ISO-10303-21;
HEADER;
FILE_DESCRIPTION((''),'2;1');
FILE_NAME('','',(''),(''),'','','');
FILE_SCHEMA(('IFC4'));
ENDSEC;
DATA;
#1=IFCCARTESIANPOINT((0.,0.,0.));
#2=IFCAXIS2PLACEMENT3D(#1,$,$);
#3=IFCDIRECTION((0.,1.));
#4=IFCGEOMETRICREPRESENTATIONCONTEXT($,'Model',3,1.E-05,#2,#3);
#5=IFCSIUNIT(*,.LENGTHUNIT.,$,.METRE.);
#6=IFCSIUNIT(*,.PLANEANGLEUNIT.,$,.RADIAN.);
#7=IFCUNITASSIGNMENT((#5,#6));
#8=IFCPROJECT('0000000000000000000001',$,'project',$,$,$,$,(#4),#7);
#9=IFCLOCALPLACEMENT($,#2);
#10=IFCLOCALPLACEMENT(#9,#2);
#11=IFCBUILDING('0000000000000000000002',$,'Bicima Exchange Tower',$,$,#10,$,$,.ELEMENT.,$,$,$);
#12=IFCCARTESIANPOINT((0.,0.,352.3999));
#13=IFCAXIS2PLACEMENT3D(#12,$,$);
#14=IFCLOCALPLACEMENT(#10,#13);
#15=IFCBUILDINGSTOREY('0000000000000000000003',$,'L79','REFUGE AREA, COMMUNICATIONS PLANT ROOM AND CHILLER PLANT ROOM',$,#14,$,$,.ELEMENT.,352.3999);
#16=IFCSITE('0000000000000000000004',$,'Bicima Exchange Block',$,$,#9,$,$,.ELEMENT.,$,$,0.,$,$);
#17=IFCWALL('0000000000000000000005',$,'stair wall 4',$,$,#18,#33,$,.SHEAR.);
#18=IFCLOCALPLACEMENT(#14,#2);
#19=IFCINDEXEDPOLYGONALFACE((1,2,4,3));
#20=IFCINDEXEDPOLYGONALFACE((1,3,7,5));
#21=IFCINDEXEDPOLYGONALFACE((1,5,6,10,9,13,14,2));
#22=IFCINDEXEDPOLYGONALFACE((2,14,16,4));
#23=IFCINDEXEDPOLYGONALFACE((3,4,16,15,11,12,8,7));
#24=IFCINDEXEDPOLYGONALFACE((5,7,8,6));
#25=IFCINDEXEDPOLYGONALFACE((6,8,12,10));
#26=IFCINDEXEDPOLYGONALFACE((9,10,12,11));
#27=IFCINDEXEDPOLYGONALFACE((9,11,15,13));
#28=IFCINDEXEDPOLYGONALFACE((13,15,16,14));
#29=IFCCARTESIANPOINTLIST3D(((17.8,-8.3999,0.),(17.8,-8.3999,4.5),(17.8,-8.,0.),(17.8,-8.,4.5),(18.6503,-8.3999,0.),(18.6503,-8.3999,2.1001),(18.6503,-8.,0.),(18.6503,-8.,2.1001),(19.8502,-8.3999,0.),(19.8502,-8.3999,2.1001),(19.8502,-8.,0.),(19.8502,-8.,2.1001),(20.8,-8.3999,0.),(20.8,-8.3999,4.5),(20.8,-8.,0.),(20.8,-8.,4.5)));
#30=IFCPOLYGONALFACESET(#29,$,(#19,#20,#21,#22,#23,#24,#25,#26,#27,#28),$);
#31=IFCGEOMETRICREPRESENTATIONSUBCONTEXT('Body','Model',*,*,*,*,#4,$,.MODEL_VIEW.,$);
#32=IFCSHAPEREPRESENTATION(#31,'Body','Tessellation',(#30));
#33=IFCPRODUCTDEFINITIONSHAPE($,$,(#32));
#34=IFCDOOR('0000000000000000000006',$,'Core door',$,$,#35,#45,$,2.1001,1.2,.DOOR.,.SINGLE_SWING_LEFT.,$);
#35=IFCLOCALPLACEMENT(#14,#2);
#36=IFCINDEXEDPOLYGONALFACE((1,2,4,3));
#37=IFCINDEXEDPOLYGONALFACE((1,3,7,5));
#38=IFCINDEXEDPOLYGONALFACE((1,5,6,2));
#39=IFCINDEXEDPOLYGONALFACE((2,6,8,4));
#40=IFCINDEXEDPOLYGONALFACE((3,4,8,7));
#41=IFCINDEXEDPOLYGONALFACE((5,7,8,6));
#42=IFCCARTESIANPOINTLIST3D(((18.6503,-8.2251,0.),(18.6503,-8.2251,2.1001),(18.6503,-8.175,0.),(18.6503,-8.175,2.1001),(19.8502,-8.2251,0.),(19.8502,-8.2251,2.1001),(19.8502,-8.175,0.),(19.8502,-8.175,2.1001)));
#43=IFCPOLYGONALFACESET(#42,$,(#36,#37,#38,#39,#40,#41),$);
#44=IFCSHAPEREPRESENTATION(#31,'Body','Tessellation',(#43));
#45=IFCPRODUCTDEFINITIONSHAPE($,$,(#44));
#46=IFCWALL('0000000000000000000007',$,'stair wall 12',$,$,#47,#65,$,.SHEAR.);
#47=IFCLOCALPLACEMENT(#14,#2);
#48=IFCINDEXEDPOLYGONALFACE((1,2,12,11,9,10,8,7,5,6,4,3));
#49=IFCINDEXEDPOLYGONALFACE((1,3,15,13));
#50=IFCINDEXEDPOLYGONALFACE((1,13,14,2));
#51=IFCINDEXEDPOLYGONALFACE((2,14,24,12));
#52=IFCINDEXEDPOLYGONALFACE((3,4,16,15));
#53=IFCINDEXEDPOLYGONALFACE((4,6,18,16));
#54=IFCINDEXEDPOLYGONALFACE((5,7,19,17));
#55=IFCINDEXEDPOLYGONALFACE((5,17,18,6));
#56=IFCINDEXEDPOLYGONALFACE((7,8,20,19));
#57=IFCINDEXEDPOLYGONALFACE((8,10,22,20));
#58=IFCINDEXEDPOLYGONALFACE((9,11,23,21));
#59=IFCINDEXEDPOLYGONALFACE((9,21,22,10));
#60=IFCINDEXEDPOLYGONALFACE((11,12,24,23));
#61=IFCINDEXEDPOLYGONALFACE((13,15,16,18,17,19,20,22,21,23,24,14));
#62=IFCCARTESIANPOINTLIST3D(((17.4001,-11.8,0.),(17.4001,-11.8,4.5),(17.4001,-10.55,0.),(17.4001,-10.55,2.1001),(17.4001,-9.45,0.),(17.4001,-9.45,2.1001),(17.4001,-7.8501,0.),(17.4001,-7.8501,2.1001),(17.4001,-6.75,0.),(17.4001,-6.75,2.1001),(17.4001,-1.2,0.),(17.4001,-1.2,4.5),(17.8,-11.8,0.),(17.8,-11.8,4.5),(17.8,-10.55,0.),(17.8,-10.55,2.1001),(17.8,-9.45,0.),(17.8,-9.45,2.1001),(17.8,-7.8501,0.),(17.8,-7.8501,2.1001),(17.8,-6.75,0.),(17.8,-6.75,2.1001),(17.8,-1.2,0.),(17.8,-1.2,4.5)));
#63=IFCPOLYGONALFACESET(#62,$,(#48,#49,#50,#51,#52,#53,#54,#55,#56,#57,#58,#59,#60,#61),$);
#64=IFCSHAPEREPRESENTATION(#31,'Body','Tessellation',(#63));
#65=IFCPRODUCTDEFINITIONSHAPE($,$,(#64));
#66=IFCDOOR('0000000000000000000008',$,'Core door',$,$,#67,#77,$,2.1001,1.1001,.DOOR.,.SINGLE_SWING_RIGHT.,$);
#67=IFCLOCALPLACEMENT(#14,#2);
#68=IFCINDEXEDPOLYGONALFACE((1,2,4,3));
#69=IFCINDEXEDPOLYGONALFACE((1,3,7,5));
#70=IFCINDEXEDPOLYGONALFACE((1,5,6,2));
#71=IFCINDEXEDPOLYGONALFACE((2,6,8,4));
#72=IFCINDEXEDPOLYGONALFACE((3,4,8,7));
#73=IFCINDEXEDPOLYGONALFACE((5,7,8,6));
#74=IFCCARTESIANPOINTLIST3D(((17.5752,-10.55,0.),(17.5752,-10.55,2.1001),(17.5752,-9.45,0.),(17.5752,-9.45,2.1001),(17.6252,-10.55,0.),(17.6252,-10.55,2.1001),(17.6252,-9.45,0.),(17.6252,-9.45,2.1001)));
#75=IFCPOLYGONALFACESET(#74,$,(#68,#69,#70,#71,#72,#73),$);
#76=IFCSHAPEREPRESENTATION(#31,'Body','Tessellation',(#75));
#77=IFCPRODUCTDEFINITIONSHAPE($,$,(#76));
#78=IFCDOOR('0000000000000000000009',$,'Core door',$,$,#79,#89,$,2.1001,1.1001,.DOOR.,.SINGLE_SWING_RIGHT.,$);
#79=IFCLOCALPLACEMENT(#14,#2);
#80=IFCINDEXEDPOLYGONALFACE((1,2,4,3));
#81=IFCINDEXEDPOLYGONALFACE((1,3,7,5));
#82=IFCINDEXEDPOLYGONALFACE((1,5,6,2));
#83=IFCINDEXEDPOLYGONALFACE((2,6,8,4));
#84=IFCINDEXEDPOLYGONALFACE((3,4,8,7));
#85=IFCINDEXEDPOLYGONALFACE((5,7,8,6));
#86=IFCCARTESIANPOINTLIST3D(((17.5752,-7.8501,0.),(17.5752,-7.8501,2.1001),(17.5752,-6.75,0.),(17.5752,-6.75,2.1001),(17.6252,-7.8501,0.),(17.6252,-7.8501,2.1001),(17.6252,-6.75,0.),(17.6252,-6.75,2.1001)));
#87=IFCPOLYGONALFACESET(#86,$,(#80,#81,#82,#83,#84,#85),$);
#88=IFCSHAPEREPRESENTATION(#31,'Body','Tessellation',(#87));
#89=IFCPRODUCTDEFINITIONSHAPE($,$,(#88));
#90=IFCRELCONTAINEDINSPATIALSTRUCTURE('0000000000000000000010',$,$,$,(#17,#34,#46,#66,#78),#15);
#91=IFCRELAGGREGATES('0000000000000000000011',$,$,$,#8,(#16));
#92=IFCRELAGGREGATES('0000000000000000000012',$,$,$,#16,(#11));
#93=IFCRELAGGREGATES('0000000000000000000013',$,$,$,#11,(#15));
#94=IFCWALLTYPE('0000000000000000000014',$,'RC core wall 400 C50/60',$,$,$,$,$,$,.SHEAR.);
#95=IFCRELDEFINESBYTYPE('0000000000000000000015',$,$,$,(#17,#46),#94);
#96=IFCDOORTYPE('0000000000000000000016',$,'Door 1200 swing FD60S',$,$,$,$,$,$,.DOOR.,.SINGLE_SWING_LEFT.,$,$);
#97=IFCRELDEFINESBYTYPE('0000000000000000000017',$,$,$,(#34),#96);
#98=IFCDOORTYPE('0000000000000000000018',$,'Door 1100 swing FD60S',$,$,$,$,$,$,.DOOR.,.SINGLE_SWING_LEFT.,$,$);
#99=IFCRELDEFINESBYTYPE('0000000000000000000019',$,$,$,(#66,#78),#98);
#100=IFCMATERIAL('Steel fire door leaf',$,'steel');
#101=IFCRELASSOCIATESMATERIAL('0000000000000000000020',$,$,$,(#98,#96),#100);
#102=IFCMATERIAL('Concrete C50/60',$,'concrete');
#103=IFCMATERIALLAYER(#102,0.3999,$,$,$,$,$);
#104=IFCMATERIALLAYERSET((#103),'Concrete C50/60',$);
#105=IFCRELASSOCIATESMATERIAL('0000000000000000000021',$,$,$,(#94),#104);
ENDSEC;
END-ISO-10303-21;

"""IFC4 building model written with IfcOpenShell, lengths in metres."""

from ifc_helpers import new_model, si_unit, direction, frame, frame_2d, origin, place, context, subcontext, project, spatial, rectangle, extrude, material, layer, layer_set, type_object, element, fill, save


model = new_model("IFC4")

# Units and contexts
model_context = context("Model", 3, precision=1e-05, world=origin(), true_north=direction((0.0, 1.0)))
body_context = subcontext(model_context, "Body", "Model", "MODEL_VIEW")
ifc_project = project(units=[si_unit("LENGTHUNIT", "METRE"), si_unit("PLANEANGLEUNIT", "RADIAN")], contexts=[model_context])

# Site, building, storey
site_placement = place(None, origin())
site = spatial("IfcSite", under=ifc_project, at=site_placement, Name="Bicima Exchange Block", CompositionType="ELEMENT", RefElevation=0.0)
building_placement = place(site_placement, origin())
building = spatial("IfcBuilding", under=site, at=building_placement, Name="Bicima Exchange Tower", CompositionType="ELEMENT")
storey_placement = place(building_placement, frame((0.0, 0.0, 352.3999)))
storey = spatial("IfcBuildingStorey", under=building, at=storey_placement, Name="L79", Description="REFUGE AREA, COMMUNICATIONS PLANT ROOM AND CHILLER PLANT ROOM", CompositionType="ELEMENT", Elevation=352.3999)

# Shared definitions
ifc_material_1 = material(Name="Steel fire door leaf", Category="steel")

# Wall, opening, door
door_type_1 = type_object("IfcDoorType", Name="Door 1100 swing FD60S", OperationType="SINGLE_SWING_LEFT", PredefinedType="DOOR", material=ifc_material_1)
ifc_material_2 = material(Name="Concrete C50/60", Category="concrete")
ifc_layer_1 = layer(ifc_material_2, 0.3999)
ifc_layer_set_1 = layer_set([ifc_layer_1], Name="Concrete C50/60")
wall_type_1 = type_object("IfcWallType", Name="RC core wall 400 C50/60", PredefinedType="SHEAR", material=ifc_layer_set_1)
wall_1_placement = place(storey_placement, frame((17.8, -8.2, 0.0), z_axis=(0.0, 0.0, 1.0), x_axis=(1.0, 0.0, 0.0)))
wall_1 = element("IfcWall", 1, at=wall_1_placement, inside=storey, type_object=wall_type_1, Name="stair wall 4", PredefinedType="SHEAR", context=body_context, shape_type="SweptSolid", body=[
    extrude(rectangle(XDim=3.0, YDim=0.3999, at=frame_2d((1.5, 0.0))), origin(), (0.0, 0.0, 1.0), 4.5),
])
opening_1_placement = place(wall_1_placement, frame((0.8501, 0.0, 0.0)))
opening_1 = element("IfcOpeningElement", 2, at=opening_1_placement, cuts=wall_1, PredefinedType="OPENING", context=body_context, shape_type="SweptSolid", body=[
    extrude(rectangle(XDim=1.2, YDim=2.1001, at=frame_2d((0.6001, 1.05))), frame((0.0, 0.2119, 0.0), z_axis=(0.0, -1.0, 0.0), x_axis=(1.0, 0.0, 0.0)), (0.0, 0.0, 1.0), 0.4238),
])
door_type_2 = type_object("IfcDoorType", Name="Door 1200 swing FD60S", OperationType="SINGLE_SWING_LEFT", PredefinedType="DOOR", material=ifc_material_1)
door_1_placement = place(opening_1_placement, origin())
door_1 = element("IfcDoor", 3, at=door_1_placement, inside=storey, type_object=door_type_2, Name="Core door", OperationType="SINGLE_SWING_LEFT", OverallHeight=2.1001, OverallWidth=1.2, PredefinedType="DOOR", context=body_context, shape_type="SweptSolid", body=[
    extrude(rectangle(XDim=1.2, YDim=2.1001, at=frame_2d((0.6001, 1.05))), frame((0.0, 0.0249, 0.0), z_axis=(0.0, -1.0, 0.0), x_axis=(1.0, 0.0, 0.0)), (0.0, 0.0, 1.0), 0.05),
])
fill(opening_1, door_1)

# Wall, openings, doors
wall_2_placement = place(storey_placement, frame((17.6001, -11.8, 0.0), z_axis=(0.0, 0.0, 1.0), x_axis=(0.0, 1.0, 0.0)))
wall_2 = element("IfcWall", 4, at=wall_2_placement, inside=storey, type_object=wall_type_1, Name="stair wall 12", PredefinedType="SHEAR", context=body_context, shape_type="SweptSolid", body=[
    extrude(rectangle(XDim=10.6001, YDim=0.3999, at=frame_2d((5.3, 0.0))), origin(), (0.0, 0.0, 1.0), 4.5),
])
opening_2_placement = place(wall_2_placement, frame((1.25, 0.0, 0.0)))
opening_2 = element("IfcOpeningElement", 5, at=opening_2_placement, cuts=wall_2, PredefinedType="OPENING", context=body_context, shape_type="SweptSolid", body=[
    extrude(rectangle(XDim=1.1001, YDim=2.1001, at=frame_2d((0.55, 1.05))), frame((0.0, 0.2119, 0.0), z_axis=(0.0, -1.0, 0.0), x_axis=(1.0, 0.0, 0.0)), (0.0, 0.0, 1.0), 0.4238),
])
opening_3_placement = place(wall_2_placement, frame((3.95, 0.0, 0.0)))
opening_3 = element("IfcOpeningElement", 6, at=opening_3_placement, cuts=wall_2, PredefinedType="OPENING", context=body_context, shape_type="SweptSolid", body=[
    extrude(rectangle(XDim=1.1001, YDim=2.1001, at=frame_2d((0.55, 1.05))), frame((0.0, 0.2119, 0.0), z_axis=(0.0, -1.0, 0.0), x_axis=(1.0, 0.0, 0.0)), (0.0, 0.0, 1.0), 0.4238),
])
door_2_placement = place(opening_2_placement, origin())
door_2 = element("IfcDoor", 7, at=door_2_placement, inside=storey, type_object=door_type_1, Name="Core door", OperationType="SINGLE_SWING_RIGHT", OverallHeight=2.1001, OverallWidth=1.1001, PredefinedType="DOOR", context=body_context, shape_type="SweptSolid", body=[
    extrude(rectangle(XDim=1.1001, YDim=2.1001, at=frame_2d((0.55, 1.05))), frame((0.0, 0.0249, 0.0), z_axis=(0.0, -1.0, 0.0), x_axis=(1.0, 0.0, 0.0)), (0.0, 0.0, 1.0), 0.05),
])
fill(opening_2, door_2)
door_3_placement = place(opening_3_placement, origin())
door_3 = element("IfcDoor", 8, at=door_3_placement, inside=storey, type_object=door_type_1, Name="Core door", OperationType="SINGLE_SWING_RIGHT", OverallHeight=2.1001, OverallWidth=1.1001, PredefinedType="DOOR", context=body_context, shape_type="SweptSolid", body=[
    extrude(rectangle(XDim=1.1001, YDim=2.1001, at=frame_2d((0.55, 1.05))), frame((0.0, 0.0249, 0.0), z_axis=(0.0, -1.0, 0.0), x_axis=(1.0, 0.0, 0.0)), (0.0, 0.0, 1.0), 0.05),
])
fill(opening_3, door_3)

save(model, "model.ifc")
